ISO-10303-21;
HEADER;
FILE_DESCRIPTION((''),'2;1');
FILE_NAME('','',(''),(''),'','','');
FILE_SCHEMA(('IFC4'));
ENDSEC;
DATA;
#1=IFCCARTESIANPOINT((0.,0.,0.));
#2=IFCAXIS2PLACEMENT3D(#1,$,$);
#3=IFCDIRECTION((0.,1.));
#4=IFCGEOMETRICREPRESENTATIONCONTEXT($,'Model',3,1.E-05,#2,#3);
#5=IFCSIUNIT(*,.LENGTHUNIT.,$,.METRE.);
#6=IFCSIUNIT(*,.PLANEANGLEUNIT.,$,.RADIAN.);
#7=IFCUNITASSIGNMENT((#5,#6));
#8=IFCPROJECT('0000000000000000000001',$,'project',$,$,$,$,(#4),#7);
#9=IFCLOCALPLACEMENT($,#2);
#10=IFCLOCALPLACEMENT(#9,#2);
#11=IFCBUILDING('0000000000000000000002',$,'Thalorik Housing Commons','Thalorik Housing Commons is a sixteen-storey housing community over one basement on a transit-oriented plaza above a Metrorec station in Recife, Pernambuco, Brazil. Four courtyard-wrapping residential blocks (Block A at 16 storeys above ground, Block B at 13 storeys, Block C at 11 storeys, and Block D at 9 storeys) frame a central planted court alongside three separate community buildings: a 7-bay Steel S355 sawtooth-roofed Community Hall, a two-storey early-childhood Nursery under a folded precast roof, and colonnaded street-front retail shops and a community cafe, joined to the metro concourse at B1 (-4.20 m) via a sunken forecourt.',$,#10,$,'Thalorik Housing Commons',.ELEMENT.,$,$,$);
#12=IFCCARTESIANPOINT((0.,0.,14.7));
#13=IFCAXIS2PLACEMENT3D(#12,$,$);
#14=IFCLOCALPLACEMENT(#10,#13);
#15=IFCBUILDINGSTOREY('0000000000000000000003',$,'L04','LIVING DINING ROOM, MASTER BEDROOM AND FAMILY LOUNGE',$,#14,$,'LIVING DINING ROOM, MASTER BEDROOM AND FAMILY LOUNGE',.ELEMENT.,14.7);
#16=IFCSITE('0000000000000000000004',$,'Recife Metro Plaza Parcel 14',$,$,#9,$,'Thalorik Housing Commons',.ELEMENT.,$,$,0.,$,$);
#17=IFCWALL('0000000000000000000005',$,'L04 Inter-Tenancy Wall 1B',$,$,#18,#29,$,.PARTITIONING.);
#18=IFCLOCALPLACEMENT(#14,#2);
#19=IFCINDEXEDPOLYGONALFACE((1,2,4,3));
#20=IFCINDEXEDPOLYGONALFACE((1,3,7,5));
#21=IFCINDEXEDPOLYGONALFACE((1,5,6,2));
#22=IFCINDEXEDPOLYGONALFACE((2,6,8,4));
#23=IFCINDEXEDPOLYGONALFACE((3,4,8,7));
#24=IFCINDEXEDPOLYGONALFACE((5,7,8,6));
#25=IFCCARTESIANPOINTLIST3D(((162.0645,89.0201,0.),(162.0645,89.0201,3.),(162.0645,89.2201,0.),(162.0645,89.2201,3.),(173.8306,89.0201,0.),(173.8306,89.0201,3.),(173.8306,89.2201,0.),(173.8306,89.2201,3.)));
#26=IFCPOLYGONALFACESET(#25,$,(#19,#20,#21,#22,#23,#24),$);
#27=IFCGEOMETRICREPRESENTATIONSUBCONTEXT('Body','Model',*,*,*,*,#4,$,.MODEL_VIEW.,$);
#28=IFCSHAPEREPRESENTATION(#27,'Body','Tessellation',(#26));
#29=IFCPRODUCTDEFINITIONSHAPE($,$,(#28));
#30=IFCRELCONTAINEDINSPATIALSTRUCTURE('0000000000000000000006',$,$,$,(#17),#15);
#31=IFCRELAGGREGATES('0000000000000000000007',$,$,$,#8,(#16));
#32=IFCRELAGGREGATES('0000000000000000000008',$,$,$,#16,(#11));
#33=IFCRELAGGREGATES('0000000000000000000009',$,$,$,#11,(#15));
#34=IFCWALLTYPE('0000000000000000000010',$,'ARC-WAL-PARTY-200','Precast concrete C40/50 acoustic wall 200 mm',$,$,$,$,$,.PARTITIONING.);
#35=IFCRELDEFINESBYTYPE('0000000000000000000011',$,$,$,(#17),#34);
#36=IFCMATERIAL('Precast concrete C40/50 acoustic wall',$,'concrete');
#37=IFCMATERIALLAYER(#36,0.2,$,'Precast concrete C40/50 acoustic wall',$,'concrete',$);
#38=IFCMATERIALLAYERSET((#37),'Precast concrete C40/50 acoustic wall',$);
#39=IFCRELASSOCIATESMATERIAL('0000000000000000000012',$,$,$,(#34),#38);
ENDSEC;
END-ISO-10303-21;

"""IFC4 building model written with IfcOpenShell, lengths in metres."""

from ifc_helpers import new_model, si_unit, direction, frame, frame_2d, origin, place, context, subcontext, project, spatial, rectangle, extrude, material, layer, layer_set, type_object, element, save


model = new_model("IFC4")

# Units and contexts
model_context = context("Model", 3, precision=1e-05, world=origin(), true_north=direction((0.0, 1.0)))
body_context = subcontext(model_context, "Body", "Model", "MODEL_VIEW")
ifc_project = project(units=[si_unit("LENGTHUNIT", "METRE"), si_unit("PLANEANGLEUNIT", "RADIAN")], contexts=[model_context])

# Site, building, storey
site_placement = place(None, origin())
site = spatial("IfcSite", under=ifc_project, at=site_placement, Name="Recife Metro Plaza Parcel 14", LongName="Thalorik Housing Commons", CompositionType="ELEMENT", RefElevation=0.0)
building_placement = place(site_placement, origin())
building = spatial("IfcBuilding", under=site, at=building_placement, Name="Thalorik Housing Commons", Description="Thalorik Housing Commons is a sixteen-storey housing community over one basement on a transit-oriented plaza above a Metrorec station in Recife, Pernambuco, Brazil. Four courtyard-wrapping residential blocks (Block A at 16 storeys above ground, Block B at 13 storeys, Block C at 11 storeys, and Block D at 9 storeys) frame a central planted court alongside three separate community buildings: a 7-bay Steel S355 sawtooth-roofed Community Hall, a two-storey early-childhood Nursery under a folded precast roof, and colonnaded street-front retail shops and a community cafe, joined to the metro concourse at B1 (-4.20 m) via a sunken forecourt.", LongName="Thalorik Housing Commons", CompositionType="ELEMENT")
storey_placement = place(building_placement, frame((0.0, 0.0, 14.7)))
storey = spatial("IfcBuildingStorey", under=building, at=storey_placement, Name="L04", Description="LIVING DINING ROOM, MASTER BEDROOM AND FAMILY LOUNGE", LongName="LIVING DINING ROOM, MASTER BEDROOM AND FAMILY LOUNGE", CompositionType="ELEMENT", Elevation=14.7)

# Wall
ifc_material_1 = material(Name="Precast concrete C40/50 acoustic wall", Category="concrete")
ifc_layer_1 = layer(ifc_material_1, 0.2, Name="Precast concrete C40/50 acoustic wall", Category="concrete")
ifc_layer_set_1 = layer_set([ifc_layer_1], Name="Precast concrete C40/50 acoustic wall")
wall_type_1 = type_object("IfcWallType", Name="ARC-WAL-PARTY-200", Description="Precast concrete C40/50 acoustic wall 200 mm", PredefinedType="PARTITIONING", material=ifc_layer_set_1)
wall_1_placement = place(storey_placement, frame((162.0645, 89.1201, 0.0), z_axis=(0.0, 0.0, 1.0), x_axis=(1.0, 0.0, 0.0)))
element("IfcWall", 1, at=wall_1_placement, inside=storey, type_object=wall_type_1, Name="L04 Inter-Tenancy Wall 1B", PredefinedType="PARTITIONING", context=body_context, shape_type="SweptSolid", body=[
    extrude(rectangle(XDim=11.7661, YDim=0.2, at=frame_2d((5.8831, 0.0))), origin(), (0.0, 0.0, 1.0), 3.0),
])

save(model, "model.ifc")
